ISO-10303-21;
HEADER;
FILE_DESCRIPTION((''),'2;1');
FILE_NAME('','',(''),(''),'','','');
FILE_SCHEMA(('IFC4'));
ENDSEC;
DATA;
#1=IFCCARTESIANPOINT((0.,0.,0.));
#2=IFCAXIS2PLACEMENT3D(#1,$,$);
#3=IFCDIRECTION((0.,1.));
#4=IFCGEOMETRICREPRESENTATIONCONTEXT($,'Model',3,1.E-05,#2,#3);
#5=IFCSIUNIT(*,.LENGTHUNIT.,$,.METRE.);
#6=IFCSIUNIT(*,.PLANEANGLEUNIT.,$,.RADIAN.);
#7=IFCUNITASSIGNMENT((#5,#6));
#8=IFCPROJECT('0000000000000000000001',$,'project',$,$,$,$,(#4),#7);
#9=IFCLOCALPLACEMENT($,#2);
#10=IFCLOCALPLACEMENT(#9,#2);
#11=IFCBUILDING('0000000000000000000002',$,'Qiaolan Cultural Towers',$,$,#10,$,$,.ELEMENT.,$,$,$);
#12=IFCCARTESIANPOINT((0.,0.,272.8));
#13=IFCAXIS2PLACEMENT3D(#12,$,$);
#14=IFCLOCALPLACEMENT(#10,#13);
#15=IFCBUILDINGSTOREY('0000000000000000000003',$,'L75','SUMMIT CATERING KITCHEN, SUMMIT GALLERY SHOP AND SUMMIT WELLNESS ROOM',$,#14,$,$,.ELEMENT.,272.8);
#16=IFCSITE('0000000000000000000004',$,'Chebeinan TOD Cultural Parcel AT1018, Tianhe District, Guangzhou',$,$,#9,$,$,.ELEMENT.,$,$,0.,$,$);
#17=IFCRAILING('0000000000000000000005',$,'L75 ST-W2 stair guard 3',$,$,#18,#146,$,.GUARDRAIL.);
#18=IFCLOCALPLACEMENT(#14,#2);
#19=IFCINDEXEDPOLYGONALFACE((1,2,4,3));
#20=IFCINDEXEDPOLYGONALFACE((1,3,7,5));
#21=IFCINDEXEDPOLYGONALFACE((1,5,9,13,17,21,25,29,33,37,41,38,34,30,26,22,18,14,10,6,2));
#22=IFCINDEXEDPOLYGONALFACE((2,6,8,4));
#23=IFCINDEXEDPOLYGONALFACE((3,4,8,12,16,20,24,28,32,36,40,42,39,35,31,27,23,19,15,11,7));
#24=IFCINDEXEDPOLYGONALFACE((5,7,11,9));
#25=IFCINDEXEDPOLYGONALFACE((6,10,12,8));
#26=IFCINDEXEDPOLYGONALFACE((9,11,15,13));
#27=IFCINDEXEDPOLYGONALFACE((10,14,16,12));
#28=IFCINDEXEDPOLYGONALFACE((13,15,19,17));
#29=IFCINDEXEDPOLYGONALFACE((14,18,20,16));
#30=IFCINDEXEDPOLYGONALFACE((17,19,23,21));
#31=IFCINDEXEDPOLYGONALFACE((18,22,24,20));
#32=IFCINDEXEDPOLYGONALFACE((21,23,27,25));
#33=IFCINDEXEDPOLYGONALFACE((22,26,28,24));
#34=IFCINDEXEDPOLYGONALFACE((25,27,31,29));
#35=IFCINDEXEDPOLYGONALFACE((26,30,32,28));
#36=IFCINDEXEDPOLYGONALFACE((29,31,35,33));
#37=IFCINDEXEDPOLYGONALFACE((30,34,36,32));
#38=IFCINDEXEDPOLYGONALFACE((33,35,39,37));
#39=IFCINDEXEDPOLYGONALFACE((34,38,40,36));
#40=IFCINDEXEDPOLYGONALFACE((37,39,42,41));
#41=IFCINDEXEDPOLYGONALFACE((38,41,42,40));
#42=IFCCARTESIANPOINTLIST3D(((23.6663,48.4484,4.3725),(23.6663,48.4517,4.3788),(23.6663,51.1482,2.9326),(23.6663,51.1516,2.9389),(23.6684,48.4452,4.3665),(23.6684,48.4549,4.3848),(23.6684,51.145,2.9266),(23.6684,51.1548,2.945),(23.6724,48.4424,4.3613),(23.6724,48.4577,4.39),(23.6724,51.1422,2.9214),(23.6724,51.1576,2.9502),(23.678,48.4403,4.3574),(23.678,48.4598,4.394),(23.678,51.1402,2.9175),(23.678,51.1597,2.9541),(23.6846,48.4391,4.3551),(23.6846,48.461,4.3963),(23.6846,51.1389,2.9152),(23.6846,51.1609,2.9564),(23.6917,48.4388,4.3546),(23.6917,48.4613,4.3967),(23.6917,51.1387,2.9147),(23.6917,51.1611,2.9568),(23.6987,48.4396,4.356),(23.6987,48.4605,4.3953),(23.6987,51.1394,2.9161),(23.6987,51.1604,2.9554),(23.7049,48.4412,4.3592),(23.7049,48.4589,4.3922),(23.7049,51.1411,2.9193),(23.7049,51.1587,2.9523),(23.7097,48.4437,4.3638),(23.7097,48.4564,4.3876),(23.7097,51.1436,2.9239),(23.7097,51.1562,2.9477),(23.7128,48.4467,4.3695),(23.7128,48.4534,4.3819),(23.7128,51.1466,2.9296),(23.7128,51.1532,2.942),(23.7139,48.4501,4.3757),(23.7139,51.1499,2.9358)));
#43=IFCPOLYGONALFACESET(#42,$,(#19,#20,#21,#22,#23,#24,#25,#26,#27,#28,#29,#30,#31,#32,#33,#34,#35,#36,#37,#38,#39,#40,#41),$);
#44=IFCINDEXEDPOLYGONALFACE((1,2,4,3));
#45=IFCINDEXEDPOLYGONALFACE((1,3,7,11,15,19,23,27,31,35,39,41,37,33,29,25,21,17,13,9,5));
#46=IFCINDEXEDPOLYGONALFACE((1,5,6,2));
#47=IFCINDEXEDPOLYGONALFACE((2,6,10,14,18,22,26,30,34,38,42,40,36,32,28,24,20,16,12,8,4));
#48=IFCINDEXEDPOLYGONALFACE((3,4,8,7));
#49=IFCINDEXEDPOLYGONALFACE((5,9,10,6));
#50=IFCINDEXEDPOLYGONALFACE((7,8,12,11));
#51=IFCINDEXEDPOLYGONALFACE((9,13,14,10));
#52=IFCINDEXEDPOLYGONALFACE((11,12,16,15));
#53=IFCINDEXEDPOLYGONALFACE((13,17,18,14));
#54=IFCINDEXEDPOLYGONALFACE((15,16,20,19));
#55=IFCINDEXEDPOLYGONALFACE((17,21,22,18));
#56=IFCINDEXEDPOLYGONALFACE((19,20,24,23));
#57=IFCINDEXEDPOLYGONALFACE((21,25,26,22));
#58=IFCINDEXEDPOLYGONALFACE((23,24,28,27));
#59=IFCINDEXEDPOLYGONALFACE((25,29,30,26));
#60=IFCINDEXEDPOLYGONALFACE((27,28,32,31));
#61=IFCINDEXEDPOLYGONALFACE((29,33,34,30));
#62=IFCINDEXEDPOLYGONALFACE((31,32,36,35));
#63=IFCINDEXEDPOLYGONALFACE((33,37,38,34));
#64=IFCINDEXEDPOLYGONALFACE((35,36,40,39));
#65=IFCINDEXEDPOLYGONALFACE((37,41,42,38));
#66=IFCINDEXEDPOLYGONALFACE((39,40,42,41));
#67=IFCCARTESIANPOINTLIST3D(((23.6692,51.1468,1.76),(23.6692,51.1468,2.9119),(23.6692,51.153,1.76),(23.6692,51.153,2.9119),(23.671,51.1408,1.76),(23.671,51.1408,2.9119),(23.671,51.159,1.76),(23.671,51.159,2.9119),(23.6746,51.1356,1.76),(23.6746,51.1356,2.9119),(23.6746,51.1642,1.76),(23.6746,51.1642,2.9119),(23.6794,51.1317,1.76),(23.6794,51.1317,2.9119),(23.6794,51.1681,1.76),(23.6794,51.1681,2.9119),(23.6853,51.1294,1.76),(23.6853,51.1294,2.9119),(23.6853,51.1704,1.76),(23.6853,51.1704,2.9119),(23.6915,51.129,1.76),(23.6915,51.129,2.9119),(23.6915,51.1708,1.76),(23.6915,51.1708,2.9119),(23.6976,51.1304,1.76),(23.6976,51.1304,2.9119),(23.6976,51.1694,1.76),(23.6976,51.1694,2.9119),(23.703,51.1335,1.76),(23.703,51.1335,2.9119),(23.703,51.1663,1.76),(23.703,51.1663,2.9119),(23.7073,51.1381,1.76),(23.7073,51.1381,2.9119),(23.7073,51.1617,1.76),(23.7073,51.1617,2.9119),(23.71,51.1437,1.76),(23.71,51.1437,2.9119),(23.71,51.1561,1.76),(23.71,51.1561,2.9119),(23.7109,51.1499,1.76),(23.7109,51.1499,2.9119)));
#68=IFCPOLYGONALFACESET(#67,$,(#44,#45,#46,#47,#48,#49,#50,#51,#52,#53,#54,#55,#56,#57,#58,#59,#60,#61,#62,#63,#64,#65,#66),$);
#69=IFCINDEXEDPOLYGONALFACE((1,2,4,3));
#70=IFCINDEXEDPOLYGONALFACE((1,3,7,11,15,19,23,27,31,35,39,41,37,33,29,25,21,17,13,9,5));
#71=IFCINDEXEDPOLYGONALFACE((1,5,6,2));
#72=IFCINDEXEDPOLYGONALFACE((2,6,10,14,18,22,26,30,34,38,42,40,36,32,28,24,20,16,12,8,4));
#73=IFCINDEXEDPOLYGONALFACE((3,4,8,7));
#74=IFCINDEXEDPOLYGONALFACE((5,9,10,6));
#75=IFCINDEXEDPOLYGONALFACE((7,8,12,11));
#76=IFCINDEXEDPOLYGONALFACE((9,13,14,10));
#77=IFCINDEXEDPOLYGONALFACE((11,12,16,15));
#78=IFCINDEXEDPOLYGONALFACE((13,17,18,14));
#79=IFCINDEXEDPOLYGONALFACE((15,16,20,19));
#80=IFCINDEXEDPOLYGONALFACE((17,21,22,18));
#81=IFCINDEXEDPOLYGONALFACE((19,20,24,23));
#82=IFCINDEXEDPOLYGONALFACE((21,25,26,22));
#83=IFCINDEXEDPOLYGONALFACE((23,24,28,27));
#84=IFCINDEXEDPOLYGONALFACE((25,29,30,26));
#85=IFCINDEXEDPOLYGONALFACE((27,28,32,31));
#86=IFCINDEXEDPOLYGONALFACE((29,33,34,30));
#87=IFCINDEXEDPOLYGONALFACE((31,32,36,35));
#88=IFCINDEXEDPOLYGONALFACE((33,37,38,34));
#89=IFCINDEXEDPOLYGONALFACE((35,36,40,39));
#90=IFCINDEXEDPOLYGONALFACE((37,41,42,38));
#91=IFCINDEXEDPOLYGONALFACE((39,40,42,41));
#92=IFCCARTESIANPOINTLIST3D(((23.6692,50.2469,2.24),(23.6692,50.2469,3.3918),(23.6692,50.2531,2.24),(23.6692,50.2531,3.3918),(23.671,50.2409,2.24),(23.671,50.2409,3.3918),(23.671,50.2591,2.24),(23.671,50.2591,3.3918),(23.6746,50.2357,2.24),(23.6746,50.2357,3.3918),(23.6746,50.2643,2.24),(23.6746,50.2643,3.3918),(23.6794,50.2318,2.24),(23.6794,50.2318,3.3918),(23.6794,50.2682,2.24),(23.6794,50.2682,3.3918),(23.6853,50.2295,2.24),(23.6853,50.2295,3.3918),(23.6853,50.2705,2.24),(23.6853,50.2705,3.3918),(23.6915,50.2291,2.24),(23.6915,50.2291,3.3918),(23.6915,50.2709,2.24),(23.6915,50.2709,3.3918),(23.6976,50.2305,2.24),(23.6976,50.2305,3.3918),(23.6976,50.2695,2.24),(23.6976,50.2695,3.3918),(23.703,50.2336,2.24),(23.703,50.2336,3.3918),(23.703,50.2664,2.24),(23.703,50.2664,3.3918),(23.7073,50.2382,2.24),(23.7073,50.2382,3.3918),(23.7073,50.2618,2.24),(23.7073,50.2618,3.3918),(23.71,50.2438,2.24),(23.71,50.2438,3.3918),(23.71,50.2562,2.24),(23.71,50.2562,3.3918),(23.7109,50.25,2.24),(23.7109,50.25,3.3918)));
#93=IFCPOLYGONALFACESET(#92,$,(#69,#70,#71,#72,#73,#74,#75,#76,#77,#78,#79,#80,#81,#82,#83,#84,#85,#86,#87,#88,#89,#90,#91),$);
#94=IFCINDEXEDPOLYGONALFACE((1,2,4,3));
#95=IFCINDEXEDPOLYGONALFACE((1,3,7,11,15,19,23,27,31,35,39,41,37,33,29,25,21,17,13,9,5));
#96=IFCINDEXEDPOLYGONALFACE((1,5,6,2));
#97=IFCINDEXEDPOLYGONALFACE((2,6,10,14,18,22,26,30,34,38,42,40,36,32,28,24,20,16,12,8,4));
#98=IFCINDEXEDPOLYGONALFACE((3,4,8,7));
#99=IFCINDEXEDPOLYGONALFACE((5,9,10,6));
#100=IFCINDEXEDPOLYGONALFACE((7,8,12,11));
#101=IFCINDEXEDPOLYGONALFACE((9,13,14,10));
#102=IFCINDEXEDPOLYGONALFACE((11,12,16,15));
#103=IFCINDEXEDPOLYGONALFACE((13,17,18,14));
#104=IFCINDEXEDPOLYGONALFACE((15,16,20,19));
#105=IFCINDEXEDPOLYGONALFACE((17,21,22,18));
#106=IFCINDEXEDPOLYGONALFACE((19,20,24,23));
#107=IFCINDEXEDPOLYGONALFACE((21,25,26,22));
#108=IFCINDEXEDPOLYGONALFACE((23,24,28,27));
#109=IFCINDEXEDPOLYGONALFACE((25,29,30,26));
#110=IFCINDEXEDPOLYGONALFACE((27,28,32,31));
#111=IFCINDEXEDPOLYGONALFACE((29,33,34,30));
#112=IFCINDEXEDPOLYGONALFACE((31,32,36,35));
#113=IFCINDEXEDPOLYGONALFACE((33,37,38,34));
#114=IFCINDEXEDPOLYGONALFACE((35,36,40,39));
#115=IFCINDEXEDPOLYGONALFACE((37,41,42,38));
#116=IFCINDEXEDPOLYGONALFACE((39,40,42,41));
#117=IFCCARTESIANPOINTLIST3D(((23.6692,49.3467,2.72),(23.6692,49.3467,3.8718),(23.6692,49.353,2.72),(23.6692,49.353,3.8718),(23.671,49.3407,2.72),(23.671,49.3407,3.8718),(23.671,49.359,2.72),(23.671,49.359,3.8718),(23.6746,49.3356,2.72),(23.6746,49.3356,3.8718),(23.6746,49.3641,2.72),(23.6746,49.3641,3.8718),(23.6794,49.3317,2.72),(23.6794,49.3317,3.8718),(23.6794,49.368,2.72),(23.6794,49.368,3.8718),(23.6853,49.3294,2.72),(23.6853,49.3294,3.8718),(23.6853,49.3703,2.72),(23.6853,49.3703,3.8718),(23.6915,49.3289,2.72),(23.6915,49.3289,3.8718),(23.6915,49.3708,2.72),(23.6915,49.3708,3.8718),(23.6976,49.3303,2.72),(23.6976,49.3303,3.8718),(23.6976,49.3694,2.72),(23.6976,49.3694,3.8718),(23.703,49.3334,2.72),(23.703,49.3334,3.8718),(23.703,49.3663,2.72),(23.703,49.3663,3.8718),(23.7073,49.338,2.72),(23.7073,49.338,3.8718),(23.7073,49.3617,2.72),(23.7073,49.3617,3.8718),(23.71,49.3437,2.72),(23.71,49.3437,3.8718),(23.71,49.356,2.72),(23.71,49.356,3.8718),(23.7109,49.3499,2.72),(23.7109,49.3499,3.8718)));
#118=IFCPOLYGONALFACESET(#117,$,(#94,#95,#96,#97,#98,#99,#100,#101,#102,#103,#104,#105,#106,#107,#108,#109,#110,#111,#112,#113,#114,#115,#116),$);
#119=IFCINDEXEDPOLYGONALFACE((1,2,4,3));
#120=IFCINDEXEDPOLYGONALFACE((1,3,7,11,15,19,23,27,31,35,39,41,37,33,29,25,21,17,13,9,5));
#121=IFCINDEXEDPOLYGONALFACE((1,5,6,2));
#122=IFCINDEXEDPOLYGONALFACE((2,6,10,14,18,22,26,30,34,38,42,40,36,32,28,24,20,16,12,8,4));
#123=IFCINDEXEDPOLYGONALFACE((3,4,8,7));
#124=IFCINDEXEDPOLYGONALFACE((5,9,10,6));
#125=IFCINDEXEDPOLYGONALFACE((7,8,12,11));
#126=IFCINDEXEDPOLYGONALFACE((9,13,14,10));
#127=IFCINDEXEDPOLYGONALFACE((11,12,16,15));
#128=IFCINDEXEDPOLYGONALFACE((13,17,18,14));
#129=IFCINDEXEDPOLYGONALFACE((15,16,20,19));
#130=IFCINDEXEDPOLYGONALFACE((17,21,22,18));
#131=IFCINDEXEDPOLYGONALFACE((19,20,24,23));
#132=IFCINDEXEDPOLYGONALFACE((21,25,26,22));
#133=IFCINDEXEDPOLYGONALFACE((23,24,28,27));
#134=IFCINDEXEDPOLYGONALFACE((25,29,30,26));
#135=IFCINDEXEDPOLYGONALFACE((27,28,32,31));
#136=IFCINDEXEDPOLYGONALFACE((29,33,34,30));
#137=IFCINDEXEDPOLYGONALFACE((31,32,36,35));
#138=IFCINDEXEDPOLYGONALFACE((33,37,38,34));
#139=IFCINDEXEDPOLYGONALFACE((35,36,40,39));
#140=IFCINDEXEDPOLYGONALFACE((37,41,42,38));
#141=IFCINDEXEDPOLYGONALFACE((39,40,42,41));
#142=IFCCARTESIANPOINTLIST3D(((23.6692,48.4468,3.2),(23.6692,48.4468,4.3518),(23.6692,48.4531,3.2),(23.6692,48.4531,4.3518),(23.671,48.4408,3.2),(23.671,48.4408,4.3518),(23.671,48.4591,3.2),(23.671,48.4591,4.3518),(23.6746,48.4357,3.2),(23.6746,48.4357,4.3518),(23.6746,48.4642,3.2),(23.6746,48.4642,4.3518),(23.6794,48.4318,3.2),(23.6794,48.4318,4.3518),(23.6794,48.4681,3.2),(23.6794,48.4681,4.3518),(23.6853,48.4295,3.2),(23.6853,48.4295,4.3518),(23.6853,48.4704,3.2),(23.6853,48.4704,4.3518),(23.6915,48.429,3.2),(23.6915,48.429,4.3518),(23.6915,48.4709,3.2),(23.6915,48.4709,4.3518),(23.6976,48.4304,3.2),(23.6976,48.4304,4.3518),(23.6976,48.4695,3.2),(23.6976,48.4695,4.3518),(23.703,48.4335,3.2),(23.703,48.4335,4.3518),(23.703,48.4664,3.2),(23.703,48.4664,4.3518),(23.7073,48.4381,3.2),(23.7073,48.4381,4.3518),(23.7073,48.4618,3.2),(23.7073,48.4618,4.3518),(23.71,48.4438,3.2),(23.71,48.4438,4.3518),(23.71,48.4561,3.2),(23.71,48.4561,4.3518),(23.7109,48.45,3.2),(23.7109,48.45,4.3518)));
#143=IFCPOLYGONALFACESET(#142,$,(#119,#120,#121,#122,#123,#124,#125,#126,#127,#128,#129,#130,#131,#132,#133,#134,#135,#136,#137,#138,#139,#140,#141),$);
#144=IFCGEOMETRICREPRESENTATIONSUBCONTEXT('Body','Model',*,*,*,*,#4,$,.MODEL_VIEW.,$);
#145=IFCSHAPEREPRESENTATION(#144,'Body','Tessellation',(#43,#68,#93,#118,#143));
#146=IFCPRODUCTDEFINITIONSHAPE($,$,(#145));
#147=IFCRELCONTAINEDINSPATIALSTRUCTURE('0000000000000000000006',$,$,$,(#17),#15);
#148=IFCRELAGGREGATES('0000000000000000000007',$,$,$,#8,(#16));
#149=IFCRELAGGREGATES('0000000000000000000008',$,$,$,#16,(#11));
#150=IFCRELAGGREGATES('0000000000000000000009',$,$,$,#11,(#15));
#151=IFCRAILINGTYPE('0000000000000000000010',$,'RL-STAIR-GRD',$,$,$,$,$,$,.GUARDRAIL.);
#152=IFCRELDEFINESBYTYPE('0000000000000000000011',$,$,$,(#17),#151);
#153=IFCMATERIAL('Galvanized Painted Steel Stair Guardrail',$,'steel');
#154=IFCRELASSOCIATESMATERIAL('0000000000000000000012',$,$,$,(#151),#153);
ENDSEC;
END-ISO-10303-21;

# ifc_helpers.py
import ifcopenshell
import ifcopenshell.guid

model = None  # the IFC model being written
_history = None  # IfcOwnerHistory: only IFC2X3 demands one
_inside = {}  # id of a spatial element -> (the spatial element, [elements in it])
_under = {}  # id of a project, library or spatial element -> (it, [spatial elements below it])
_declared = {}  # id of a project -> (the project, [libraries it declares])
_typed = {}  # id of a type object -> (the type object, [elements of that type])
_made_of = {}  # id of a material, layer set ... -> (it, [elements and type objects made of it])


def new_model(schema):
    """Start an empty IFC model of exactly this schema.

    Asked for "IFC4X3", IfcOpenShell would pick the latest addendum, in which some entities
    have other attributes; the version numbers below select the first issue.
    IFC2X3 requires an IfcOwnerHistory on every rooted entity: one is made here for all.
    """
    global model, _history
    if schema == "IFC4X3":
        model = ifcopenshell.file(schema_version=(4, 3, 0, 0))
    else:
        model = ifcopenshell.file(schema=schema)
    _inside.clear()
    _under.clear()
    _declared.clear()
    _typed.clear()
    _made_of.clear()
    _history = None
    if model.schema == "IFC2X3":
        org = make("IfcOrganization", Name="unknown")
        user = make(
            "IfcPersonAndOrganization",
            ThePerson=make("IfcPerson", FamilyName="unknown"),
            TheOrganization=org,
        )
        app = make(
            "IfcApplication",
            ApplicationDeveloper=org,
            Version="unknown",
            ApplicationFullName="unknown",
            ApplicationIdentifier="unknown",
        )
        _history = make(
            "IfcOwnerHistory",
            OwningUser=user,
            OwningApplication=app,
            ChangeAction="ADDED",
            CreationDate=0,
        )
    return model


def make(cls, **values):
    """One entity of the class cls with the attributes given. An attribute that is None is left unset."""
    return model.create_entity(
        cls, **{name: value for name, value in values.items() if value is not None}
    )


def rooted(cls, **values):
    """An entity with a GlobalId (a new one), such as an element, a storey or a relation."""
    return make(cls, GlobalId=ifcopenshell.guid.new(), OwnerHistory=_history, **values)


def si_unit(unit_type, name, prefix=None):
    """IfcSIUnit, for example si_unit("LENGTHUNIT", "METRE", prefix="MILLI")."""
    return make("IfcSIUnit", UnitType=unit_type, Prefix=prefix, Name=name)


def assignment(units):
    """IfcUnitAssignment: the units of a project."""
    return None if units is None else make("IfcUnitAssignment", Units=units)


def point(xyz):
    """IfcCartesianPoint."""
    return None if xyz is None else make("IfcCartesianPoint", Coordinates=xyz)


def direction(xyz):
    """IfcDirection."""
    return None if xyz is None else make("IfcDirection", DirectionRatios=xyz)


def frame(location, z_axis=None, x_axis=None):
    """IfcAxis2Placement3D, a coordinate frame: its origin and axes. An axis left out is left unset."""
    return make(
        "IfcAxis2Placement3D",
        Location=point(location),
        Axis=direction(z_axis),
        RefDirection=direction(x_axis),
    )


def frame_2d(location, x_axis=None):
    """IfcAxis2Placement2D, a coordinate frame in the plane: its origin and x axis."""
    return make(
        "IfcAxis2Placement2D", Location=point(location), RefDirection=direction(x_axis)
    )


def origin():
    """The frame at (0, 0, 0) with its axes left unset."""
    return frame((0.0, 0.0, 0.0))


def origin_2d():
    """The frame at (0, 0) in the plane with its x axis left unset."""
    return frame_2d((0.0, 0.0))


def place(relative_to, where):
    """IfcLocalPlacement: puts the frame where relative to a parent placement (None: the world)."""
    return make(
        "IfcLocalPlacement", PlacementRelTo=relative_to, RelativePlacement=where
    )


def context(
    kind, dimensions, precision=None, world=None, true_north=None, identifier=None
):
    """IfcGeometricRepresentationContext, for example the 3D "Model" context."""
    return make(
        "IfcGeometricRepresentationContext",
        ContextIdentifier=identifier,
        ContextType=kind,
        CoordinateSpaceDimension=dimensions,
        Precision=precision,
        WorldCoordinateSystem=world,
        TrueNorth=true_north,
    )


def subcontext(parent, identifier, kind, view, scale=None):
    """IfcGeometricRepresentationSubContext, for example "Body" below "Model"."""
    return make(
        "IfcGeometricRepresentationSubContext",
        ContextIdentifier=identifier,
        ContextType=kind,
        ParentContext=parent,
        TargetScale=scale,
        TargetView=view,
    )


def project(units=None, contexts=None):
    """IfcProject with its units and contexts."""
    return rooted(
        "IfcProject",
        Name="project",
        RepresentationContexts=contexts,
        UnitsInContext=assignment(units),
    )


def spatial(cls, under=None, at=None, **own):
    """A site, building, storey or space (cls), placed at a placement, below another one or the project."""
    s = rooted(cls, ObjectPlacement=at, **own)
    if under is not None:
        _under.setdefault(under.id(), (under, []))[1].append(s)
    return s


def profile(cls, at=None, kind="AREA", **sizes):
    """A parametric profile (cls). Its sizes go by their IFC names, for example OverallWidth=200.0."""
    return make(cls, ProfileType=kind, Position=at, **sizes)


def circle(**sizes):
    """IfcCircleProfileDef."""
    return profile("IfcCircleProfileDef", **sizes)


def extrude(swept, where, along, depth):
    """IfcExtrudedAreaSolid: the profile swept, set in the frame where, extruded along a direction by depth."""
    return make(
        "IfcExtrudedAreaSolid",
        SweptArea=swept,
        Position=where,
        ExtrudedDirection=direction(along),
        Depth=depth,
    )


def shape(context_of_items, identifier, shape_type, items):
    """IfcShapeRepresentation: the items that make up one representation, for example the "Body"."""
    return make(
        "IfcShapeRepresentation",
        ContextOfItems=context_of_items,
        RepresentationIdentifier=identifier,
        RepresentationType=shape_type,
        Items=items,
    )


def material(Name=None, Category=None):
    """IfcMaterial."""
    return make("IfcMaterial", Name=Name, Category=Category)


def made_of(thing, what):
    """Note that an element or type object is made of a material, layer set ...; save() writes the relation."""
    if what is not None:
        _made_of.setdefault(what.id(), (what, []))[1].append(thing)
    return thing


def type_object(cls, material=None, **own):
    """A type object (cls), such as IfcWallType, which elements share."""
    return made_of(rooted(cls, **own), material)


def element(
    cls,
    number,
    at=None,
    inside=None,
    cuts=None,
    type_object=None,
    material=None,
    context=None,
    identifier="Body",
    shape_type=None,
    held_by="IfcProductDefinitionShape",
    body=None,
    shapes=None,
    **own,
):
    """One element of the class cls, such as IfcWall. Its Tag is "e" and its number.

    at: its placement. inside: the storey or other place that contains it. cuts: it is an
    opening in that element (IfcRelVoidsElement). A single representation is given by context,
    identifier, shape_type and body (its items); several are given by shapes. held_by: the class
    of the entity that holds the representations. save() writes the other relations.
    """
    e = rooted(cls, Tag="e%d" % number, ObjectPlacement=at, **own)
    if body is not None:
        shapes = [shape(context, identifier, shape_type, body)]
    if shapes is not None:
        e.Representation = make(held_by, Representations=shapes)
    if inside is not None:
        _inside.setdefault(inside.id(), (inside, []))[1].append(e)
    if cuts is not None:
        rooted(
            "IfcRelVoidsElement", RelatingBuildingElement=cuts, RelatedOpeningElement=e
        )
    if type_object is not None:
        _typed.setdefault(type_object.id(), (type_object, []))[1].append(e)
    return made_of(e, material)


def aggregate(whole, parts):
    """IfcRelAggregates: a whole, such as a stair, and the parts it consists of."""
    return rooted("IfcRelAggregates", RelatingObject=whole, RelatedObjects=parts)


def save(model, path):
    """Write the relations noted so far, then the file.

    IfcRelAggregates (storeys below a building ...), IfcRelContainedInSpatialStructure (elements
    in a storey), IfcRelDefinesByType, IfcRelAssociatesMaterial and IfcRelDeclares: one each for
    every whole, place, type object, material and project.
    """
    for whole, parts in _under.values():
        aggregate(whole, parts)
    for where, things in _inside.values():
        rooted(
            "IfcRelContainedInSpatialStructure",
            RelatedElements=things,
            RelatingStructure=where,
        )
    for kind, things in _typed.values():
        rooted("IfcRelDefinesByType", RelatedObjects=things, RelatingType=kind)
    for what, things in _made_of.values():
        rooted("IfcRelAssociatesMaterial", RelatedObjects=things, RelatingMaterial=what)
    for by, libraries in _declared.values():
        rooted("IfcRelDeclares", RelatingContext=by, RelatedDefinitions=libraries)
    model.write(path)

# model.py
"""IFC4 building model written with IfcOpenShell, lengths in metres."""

from ifc_helpers import new_model, si_unit, direction, frame, origin, origin_2d, place, context, subcontext, project, spatial, circle, extrude, material, type_object, element, save


model = new_model("IFC4")

# Units and contexts
model_context = context("Model", 3, precision=1e-05, world=origin(), true_north=direction((0.0, 1.0)))
body_context = subcontext(model_context, "Body", "Model", "MODEL_VIEW")
ifc_project = project(units=[si_unit("LENGTHUNIT", "METRE"), si_unit("PLANEANGLEUNIT", "RADIAN")], contexts=[model_context])

# Site, building, storey
site_placement = place(None, origin())
site = spatial("IfcSite", under=ifc_project, at=site_placement, Name="Chebeinan TOD Cultural Parcel AT1018, Tianhe District, Guangzhou", CompositionType="ELEMENT", RefElevation=0.0)
building_placement = place(site_placement, origin())
building = spatial("IfcBuilding", under=site, at=building_placement, Name="Qiaolan Cultural Towers", CompositionType="ELEMENT")
storey_placement = place(building_placement, frame((0.0, 0.0, 272.8)))
storey = spatial("IfcBuildingStorey", under=building, at=storey_placement, Name="L75", Description="SUMMIT CATERING KITCHEN, SUMMIT GALLERY SHOP AND SUMMIT WELLNESS ROOM", CompositionType="ELEMENT", Elevation=272.8)

# Railing
ifc_material_1 = material(Name="Galvanized Painted Steel Stair Guardrail", Category="steel")
railing_type_1 = type_object("IfcRailingType", Name="RL-STAIR-GRD", PredefinedType="GUARDRAIL", material=ifc_material_1)
railing_1_placement = place(storey_placement, frame((23.6899, 51.1499, 1.76)))
element("IfcRailing", 1, at=railing_1_placement, inside=storey, type_object=railing_type_1, Name="L75 ST-W2 stair guard 3", PredefinedType="GUARDRAIL", context=body_context, shape_type="SweptSolid", body=[
    extrude(circle(Radius=0.0239, at=origin_2d()), frame((0.0, 0.0, 1.1758), z_axis=(0.0, -0.882357, 0.47058), x_axis=(1.0, 0.0, 0.0)), (0.0, 0.0, 1.0), 3.0598),
    extrude(circle(Radius=0.021, at=origin_2d()), origin(), (0.0, 0.0, 1.0), 1.1519),
    extrude(circle(Radius=0.021, at=origin_2d()), frame((0.0, -0.8999, 0.48)), (0.0, 0.0, 1.0), 1.1519),
    extrude(circle(Radius=0.021, at=origin_2d()), frame((0.0, -1.8, 0.96)), (0.0, 0.0, 1.0), 1.1519),
    extrude(circle(Radius=0.021, at=origin_2d()), frame((0.0, -2.7, 1.4399)), (0.0, 0.0, 1.0), 1.1519),
])

save(model, "model.ifc")
